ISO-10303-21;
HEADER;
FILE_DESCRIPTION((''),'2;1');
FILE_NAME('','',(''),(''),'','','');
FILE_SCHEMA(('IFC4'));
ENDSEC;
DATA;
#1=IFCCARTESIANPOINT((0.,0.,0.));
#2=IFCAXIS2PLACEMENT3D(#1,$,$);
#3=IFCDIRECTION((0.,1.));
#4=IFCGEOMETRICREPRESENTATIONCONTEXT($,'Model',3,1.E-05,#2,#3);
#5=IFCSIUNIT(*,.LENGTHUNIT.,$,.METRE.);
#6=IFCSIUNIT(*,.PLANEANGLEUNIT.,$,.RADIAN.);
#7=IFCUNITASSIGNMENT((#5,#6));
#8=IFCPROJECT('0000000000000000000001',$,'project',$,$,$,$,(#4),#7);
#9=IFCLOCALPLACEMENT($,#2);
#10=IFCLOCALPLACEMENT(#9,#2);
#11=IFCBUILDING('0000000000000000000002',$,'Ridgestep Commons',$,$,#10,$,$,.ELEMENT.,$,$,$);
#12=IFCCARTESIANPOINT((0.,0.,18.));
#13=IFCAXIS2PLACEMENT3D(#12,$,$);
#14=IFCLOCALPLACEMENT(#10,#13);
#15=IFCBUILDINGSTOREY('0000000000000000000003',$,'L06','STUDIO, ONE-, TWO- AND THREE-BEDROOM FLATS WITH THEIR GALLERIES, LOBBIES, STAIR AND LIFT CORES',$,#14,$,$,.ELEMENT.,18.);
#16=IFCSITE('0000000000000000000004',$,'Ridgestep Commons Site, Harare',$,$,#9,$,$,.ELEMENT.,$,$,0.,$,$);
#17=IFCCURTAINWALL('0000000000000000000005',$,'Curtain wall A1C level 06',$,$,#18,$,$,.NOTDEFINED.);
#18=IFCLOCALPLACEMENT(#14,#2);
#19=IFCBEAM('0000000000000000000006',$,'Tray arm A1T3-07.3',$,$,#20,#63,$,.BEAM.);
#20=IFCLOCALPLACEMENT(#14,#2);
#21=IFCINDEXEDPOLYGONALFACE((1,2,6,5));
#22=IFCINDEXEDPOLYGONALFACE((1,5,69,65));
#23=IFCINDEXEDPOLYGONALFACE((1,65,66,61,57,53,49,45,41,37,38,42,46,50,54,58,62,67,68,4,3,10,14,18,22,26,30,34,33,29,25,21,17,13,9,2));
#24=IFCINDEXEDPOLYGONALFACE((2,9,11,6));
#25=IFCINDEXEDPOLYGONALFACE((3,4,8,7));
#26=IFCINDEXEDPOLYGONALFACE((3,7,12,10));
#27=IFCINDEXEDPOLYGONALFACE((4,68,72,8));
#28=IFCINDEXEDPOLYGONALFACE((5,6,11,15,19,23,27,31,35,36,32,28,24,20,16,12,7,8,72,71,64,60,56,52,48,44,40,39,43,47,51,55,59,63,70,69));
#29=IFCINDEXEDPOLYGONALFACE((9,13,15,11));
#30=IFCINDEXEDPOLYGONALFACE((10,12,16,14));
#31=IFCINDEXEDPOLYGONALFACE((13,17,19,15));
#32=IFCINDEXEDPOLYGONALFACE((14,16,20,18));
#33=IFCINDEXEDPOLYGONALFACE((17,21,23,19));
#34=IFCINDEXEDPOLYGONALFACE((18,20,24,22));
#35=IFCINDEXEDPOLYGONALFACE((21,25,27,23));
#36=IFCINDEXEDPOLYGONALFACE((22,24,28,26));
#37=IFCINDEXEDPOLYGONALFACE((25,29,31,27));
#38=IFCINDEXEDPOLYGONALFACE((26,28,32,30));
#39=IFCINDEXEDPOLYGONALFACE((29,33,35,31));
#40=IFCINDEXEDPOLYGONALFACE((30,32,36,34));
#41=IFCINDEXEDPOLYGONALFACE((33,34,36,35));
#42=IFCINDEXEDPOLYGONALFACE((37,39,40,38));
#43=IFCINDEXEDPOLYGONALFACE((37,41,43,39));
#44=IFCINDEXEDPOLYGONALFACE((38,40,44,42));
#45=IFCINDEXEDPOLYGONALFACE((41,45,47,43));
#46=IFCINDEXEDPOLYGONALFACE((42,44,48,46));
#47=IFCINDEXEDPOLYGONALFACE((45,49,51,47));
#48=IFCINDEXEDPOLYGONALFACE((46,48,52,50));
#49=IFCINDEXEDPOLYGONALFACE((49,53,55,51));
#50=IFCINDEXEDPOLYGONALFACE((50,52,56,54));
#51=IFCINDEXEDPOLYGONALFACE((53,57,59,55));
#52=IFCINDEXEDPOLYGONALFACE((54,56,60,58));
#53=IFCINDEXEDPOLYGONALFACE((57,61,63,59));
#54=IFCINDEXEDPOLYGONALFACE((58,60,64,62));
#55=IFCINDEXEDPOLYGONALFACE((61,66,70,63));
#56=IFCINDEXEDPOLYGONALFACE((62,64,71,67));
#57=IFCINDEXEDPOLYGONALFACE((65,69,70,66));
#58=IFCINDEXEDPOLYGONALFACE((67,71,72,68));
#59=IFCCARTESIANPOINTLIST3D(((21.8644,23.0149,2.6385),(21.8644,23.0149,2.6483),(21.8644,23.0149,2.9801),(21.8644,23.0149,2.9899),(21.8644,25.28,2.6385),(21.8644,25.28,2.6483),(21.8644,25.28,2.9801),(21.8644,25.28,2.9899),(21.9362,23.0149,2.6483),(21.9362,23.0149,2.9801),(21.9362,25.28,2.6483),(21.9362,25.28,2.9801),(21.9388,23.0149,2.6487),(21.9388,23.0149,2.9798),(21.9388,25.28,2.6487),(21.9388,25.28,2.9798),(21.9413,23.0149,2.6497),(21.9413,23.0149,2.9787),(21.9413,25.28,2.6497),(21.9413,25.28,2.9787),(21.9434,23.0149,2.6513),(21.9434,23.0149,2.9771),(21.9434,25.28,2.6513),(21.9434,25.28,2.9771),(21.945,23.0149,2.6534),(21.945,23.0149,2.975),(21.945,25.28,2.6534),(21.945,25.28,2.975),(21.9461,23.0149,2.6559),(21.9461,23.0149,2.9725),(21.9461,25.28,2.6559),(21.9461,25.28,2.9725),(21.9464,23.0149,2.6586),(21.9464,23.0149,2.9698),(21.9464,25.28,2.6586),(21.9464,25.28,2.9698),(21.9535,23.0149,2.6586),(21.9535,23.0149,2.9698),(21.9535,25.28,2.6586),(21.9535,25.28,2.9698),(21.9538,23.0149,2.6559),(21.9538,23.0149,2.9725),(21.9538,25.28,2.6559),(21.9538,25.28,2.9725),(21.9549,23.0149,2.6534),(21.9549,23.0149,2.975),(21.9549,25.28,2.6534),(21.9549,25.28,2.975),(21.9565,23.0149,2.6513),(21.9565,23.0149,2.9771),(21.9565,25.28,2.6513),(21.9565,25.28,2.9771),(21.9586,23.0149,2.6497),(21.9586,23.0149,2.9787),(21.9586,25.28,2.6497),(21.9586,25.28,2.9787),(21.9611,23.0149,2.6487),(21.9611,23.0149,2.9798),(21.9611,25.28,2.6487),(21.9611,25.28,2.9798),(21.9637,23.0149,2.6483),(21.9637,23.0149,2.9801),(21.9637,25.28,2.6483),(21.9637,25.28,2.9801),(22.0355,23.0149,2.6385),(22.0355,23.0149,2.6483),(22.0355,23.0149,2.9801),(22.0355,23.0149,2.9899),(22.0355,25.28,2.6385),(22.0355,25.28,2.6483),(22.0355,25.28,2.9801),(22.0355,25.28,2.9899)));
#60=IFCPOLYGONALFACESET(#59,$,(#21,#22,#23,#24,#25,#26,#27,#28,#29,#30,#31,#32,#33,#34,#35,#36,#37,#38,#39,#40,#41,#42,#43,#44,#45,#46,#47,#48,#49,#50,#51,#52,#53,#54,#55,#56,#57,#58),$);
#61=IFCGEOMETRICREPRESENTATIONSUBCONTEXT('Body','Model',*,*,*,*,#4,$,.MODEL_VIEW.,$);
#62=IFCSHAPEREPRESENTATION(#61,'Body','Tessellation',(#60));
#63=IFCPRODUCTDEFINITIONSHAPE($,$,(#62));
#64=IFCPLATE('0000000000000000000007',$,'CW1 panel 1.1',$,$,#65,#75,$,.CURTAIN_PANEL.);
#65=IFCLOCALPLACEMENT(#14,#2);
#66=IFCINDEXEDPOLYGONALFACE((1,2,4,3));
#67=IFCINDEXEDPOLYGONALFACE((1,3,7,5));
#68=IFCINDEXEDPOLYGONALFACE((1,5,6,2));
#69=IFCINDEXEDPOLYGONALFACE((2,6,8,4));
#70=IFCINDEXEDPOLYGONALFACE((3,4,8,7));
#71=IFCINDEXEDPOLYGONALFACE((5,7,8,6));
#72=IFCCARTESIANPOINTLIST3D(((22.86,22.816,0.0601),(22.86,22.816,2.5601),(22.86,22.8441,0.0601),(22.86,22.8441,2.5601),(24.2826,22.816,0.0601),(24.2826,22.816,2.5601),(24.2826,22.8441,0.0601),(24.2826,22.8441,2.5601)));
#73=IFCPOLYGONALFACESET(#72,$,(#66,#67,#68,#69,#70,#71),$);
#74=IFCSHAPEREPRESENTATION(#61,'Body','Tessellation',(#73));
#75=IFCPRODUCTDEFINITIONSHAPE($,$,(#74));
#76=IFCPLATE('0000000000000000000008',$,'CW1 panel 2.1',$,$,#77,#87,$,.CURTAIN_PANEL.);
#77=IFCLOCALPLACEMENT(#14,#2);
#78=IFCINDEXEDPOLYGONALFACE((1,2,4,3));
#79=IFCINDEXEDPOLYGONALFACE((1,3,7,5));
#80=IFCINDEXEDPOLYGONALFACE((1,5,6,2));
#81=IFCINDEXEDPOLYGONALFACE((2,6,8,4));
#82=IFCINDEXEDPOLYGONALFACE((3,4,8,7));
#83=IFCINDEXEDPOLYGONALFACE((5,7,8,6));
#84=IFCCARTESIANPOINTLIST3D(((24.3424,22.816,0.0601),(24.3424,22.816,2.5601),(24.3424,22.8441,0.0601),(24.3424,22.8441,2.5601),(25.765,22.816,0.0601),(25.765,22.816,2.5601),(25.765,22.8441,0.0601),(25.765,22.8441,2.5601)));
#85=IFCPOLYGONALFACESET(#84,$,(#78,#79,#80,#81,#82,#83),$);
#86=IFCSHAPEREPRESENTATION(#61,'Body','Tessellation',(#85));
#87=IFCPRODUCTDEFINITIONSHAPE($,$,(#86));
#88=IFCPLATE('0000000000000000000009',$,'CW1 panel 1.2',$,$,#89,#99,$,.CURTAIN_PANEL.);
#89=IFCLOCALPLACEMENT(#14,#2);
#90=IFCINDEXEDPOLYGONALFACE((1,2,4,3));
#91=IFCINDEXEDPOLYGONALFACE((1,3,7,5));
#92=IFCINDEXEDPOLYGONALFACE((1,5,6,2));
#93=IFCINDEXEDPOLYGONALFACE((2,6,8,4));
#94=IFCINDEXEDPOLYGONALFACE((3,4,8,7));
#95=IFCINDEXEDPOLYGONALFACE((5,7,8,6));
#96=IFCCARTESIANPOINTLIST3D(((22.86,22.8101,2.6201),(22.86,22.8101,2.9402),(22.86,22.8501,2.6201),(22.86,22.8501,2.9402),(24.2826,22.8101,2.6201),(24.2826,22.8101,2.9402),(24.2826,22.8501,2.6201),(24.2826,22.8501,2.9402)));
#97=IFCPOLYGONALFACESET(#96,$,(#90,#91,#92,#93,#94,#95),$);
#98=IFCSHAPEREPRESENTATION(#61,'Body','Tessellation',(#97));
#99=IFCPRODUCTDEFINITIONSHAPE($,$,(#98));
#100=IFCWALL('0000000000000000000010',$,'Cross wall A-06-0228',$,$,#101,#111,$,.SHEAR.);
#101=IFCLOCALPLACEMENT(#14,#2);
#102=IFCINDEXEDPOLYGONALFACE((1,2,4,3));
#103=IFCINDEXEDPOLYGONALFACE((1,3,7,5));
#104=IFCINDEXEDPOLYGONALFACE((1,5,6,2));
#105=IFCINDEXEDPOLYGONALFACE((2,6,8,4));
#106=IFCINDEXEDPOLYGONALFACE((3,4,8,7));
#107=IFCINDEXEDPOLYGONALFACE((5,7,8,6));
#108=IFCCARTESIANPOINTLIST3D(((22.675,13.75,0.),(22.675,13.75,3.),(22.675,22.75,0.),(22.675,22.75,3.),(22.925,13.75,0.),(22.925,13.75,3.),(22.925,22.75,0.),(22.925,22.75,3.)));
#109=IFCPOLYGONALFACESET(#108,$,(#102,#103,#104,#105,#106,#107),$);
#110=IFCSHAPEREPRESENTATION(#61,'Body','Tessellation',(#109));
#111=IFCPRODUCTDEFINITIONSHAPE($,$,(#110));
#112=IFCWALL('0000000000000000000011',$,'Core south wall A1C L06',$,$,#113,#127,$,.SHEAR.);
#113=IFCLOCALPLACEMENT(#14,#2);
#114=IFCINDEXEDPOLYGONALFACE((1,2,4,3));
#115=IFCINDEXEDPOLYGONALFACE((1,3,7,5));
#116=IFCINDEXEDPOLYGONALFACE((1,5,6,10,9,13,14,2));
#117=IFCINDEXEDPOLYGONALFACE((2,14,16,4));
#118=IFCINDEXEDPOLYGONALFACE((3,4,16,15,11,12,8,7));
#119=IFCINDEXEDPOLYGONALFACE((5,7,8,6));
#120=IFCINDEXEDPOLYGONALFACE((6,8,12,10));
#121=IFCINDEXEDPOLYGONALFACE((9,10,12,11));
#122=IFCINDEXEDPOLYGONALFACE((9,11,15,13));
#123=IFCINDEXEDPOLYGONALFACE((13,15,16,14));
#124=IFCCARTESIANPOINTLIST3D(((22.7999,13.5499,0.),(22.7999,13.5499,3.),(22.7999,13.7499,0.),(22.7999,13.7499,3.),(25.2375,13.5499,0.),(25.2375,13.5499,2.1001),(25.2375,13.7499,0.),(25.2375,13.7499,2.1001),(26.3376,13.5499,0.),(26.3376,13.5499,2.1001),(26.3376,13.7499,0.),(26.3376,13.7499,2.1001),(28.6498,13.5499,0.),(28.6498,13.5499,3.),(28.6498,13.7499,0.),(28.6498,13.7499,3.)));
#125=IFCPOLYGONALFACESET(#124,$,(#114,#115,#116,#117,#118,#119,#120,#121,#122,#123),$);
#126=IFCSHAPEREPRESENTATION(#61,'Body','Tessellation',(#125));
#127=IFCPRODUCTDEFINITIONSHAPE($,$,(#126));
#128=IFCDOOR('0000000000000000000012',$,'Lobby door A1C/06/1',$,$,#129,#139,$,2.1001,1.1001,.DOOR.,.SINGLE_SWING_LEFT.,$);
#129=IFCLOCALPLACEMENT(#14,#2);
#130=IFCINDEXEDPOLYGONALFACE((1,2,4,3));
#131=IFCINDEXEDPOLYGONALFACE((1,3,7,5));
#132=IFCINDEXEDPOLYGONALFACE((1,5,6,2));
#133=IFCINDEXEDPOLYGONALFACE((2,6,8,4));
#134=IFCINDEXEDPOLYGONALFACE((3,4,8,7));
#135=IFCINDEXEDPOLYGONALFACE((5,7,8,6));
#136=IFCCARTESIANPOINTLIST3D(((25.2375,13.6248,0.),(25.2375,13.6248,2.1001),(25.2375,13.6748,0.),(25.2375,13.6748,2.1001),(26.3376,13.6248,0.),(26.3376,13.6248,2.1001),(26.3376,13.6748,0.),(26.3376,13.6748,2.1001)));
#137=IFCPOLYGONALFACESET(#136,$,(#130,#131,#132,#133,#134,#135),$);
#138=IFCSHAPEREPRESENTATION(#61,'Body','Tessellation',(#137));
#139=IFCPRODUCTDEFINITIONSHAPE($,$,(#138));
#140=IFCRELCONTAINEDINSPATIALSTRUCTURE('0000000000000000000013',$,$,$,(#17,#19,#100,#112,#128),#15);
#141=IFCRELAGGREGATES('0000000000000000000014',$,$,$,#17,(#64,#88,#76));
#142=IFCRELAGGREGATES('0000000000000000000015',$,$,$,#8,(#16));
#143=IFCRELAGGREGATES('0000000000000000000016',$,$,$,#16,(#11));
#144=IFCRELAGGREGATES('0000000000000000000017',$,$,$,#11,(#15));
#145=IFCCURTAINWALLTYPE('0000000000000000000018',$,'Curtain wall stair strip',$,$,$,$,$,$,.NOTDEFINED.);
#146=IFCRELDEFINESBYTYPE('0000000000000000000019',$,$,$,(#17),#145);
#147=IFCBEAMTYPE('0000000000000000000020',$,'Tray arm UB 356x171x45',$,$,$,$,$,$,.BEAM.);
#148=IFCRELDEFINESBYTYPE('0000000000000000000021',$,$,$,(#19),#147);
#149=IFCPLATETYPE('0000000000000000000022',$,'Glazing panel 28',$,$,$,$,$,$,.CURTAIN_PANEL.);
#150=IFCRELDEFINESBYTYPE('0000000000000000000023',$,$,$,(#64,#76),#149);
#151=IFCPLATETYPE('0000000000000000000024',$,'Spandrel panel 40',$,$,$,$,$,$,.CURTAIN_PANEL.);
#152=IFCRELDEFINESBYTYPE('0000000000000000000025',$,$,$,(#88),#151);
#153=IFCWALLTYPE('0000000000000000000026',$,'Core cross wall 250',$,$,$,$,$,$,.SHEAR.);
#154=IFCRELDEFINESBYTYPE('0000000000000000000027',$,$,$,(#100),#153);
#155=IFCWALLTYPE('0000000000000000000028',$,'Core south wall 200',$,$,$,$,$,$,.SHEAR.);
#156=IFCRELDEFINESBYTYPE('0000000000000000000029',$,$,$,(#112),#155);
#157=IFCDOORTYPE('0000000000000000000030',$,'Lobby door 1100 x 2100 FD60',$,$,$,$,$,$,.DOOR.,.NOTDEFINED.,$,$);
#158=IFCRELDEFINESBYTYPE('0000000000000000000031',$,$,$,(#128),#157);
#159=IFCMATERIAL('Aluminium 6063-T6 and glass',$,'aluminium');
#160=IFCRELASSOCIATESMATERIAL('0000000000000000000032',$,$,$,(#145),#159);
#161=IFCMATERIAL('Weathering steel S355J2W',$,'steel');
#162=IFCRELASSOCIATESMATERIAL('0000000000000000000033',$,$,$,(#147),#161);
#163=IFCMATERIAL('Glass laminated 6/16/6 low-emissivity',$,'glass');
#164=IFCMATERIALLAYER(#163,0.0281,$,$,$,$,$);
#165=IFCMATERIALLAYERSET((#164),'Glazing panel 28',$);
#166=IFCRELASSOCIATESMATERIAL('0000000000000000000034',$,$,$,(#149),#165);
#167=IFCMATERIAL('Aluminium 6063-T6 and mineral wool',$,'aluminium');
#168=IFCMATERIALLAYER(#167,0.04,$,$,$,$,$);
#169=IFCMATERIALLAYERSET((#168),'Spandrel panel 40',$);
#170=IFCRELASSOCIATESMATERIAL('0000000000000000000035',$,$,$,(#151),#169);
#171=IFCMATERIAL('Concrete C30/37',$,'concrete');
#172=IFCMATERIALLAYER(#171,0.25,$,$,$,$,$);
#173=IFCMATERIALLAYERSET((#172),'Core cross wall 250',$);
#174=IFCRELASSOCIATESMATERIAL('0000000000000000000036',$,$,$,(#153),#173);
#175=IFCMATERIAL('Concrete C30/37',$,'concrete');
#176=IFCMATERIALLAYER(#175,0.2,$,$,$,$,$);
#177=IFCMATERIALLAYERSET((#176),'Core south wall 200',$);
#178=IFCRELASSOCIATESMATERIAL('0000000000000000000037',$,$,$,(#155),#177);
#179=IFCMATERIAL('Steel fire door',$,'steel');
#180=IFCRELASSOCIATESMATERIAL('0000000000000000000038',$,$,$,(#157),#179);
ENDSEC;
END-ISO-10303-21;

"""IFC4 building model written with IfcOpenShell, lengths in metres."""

from ifc_helpers import new_model, si_unit, direction, frame, frame_2d, origin, origin_2d, place, context, subcontext, project, spatial, rectangle, i_section, extrude, material, layer, layer_set, material_profile, profile_set, type_object, element, fill, aggregate, save


model = new_model("IFC4")

# Units and contexts
model_context = context("Model", 3, precision=1e-05, world=origin(), true_north=direction((0.0, 1.0)))
body_context = subcontext(model_context, "Body", "Model", "MODEL_VIEW")
ifc_project = project(units=[si_unit("LENGTHUNIT", "METRE"), si_unit("PLANEANGLEUNIT", "RADIAN")], contexts=[model_context])

# Site, building, storey
site_placement = place(None, origin())
site = spatial("IfcSite", under=ifc_project, at=site_placement, Name="Ridgestep Commons Site, Harare", CompositionType="ELEMENT", RefElevation=0.0)
building_placement = place(site_placement, origin())
building = spatial("IfcBuilding", under=site, at=building_placement, Name="Ridgestep Commons", CompositionType="ELEMENT")
storey_placement = place(building_placement, frame((0.0, 0.0, 18.0)))
storey = spatial("IfcBuildingStorey", under=building, at=storey_placement, Name="L06", Description="STUDIO, ONE-, TWO- AND THREE-BEDROOM FLATS WITH THEIR GALLERIES, LOBBIES, STAIR AND LIFT CORES", CompositionType="ELEMENT", Elevation=18.0)

# Curtain wall
ifc_material_1 = material(Name="Aluminium 6063-T6 and glass", Category="aluminium")
curtain_wall_type = type_object("IfcCurtainWallType", Name="Curtain wall stair strip", PredefinedType="NOTDEFINED", material=ifc_material_1)
curtain_wall_placement = place(storey_placement, origin())
curtain_wall = element("IfcCurtainWall", 1, at=curtain_wall_placement, inside=storey, type_object=curtain_wall_type, Name="Curtain wall A1C level 06", PredefinedType="NOTDEFINED")

# Beam
ifc_material_2 = material(Name="Weathering steel S355J2W", Category="steel")
ifc_material_profile_1 = material_profile(ifc_material_2, i_section(OverallWidth=0.1711, OverallDepth=0.3513, WebThickness=0.0071, FlangeThickness=0.0098, FilletRadius=0.0103, at=origin_2d()), Name="UB 356x171x45")
ifc_profile_set_1 = profile_set([ifc_material_profile_1], Name="Weathering steel S355J2W")
beam_type_1 = type_object("IfcBeamType", Name="Tray arm UB 356x171x45", PredefinedType="BEAM", material=ifc_profile_set_1)
for number, where, z_axis, x_axis, name in (
    (2, (21.95, 23.0149, 2.8142), (0.0, 1.0, 0.0), (-1.0, 0.0, 0.0), "Tray arm A1T3-07.3"),
):
    element("IfcBeam", number, at=place(storey_placement, frame(where, z_axis=z_axis, x_axis=x_axis)), inside=storey, type_object=beam_type_1, Name=name, PredefinedType="BEAM", context=body_context, shape_type="SweptSolid", body=[
        extrude(i_section(OverallWidth=0.1711, OverallDepth=0.3513, WebThickness=0.0071, FlangeThickness=0.0098, FilletRadius=0.0103, at=origin_2d()), origin(), (0.0, 0.0, 1.0), 2.2651),
    ])

# Plates
ifc_material_3 = material(Name="Glass laminated 6/16/6 low-emissivity", Category="glass")
ifc_layer_1 = layer(ifc_material_3, 0.0281)
ifc_layer_set_1 = layer_set([ifc_layer_1], Name="Glazing panel 28")
plate_type_1 = type_object("IfcPlateType", Name="Glazing panel 28", PredefinedType="CURTAIN_PANEL", material=ifc_layer_set_1)
plate_1_placement = place(storey_placement, frame((23.5713, 22.8301, 0.0601), z_axis=(0.0, 0.0, 1.0), x_axis=(1.0, 0.0, 0.0)))
plate_1 = element("IfcPlate", 3, at=plate_1_placement, type_object=plate_type_1, Name="CW1 panel 1.1", PredefinedType="CURTAIN_PANEL", context=body_context, shape_type="SweptSolid", body=[
    extrude(rectangle(XDim=1.4226, YDim=0.0281, at=origin_2d()), origin(), (0.0, 0.0, 1.0), 2.5),
])
plate_2_placement = place(storey_placement, frame((25.0537, 22.8301, 0.0601), z_axis=(0.0, 0.0, 1.0), x_axis=(1.0, 0.0, 0.0)))
plate_2 = element("IfcPlate", 4, at=plate_2_placement, type_object=plate_type_1, Name="CW1 panel 2.1", PredefinedType="CURTAIN_PANEL", context=body_context, shape_type="SweptSolid", body=[
    extrude(rectangle(XDim=1.4226, YDim=0.0281, at=origin_2d()), origin(), (0.0, 0.0, 1.0), 2.5),
])
ifc_material_4 = material(Name="Aluminium 6063-T6 and mineral wool", Category="aluminium")
ifc_layer_2 = layer(ifc_material_4, 0.04)
ifc_layer_set_2 = layer_set([ifc_layer_2], Name="Spandrel panel 40")
plate_type_2 = type_object("IfcPlateType", Name="Spandrel panel 40", PredefinedType="CURTAIN_PANEL", material=ifc_layer_set_2)
plate_3_placement = place(storey_placement, frame((23.5713, 22.8301, 2.6201), z_axis=(0.0, 0.0, 1.0), x_axis=(1.0, 0.0, 0.0)))
plate_3 = element("IfcPlate", 5, at=plate_3_placement, type_object=plate_type_2, Name="CW1 panel 1.2", PredefinedType="CURTAIN_PANEL", context=body_context, shape_type="SweptSolid", body=[
    extrude(rectangle(XDim=1.4226, YDim=0.04, at=origin_2d()), origin(), (0.0, 0.0, 1.0), 0.3201),
])
aggregate(curtain_wall, [plate_1, plate_3, plate_2])

# Wall
ifc_material_5 = material(Name="Concrete C30/37", Category="concrete")
ifc_layer_3 = layer(ifc_material_5, 0.25)
ifc_layer_set_3 = layer_set([ifc_layer_3], Name="Core cross wall 250")
wall_type_1 = type_object("IfcWallType", Name="Core cross wall 250", PredefinedType="SHEAR", material=ifc_layer_set_3)
wall_1_placement = place(storey_placement, frame((22.8, 13.75, 0.0), z_axis=(0.0, 0.0, 1.0), x_axis=(0.0, 1.0, 0.0)))
element("IfcWall", 6, at=wall_1_placement, inside=storey, type_object=wall_type_1, Name="Cross wall A-06-0228", PredefinedType="SHEAR", context=body_context, shape_type="SweptSolid", body=[
    extrude(rectangle(XDim=9.0, YDim=0.25, at=frame_2d((4.5, 0.0))), origin(), (0.0, 0.0, 1.0), 3.0),
])

# Wall, opening, door
ifc_material_6 = material(Name="Concrete C30/37", Category="concrete")
ifc_layer_4 = layer(ifc_material_6, 0.2)
ifc_layer_set_4 = layer_set([ifc_layer_4], Name="Core south wall 200")
wall_type_2 = type_object("IfcWallType", Name="Core south wall 200", PredefinedType="SHEAR", material=ifc_layer_set_4)
wall_2_placement = place(storey_placement, frame((22.8, 13.6499, 0.0), z_axis=(0.0, 0.0, 1.0), x_axis=(1.0, 0.0, 0.0)))
wall_2 = element("IfcWall", 7, at=wall_2_placement, inside=storey, type_object=wall_type_2, Name="Core south wall A1C L06", PredefinedType="SHEAR", context=body_context, shape_type="SweptSolid", body=[
    extrude(rectangle(XDim=5.8499, YDim=0.2, at=frame_2d((2.9248, 0.0))), origin(), (0.0, 0.0, 1.0), 3.0),
])
opening_1_placement = place(wall_2_placement, frame((2.4375, 0.0, 0.0)))
opening_1 = element("IfcOpeningElement", 8, at=opening_1_placement, cuts=wall_2, PredefinedType="OPENING", context=body_context, shape_type="SweptSolid", body=[
    extrude(rectangle(XDim=1.1001, YDim=2.1001, at=frame_2d((0.55, 1.05))), frame((0.0, 0.1099, 0.0), z_axis=(0.0, -1.0, 0.0), x_axis=(1.0, 0.0, 0.0)), (0.0, 0.0, 1.0), 0.22),
])
ifc_material_7 = material(Name="Steel fire door", Category="steel")
door_type_1 = type_object("IfcDoorType", Name="Lobby door 1100 x 2100 FD60", OperationType="NOTDEFINED", PredefinedType="DOOR", material=ifc_material_7)
door_1_placement = place(opening_1_placement, origin())
door_1 = element("IfcDoor", 9, at=door_1_placement, inside=storey, type_object=door_type_1, Name="Lobby door A1C/06/1", OperationType="SINGLE_SWING_LEFT", OverallHeight=2.1001, OverallWidth=1.1001, PredefinedType="DOOR", context=body_context, shape_type="SweptSolid", body=[
    extrude(rectangle(XDim=1.1001, YDim=2.1001, at=frame_2d((0.55, 1.05))), frame((0.0, 0.0249, 0.0), z_axis=(0.0, -1.0, 0.0), x_axis=(1.0, 0.0, 0.0)), (0.0, 0.0, 1.0), 0.05),
])
fill(opening_1, door_1)

save(model, "model.ifc")
